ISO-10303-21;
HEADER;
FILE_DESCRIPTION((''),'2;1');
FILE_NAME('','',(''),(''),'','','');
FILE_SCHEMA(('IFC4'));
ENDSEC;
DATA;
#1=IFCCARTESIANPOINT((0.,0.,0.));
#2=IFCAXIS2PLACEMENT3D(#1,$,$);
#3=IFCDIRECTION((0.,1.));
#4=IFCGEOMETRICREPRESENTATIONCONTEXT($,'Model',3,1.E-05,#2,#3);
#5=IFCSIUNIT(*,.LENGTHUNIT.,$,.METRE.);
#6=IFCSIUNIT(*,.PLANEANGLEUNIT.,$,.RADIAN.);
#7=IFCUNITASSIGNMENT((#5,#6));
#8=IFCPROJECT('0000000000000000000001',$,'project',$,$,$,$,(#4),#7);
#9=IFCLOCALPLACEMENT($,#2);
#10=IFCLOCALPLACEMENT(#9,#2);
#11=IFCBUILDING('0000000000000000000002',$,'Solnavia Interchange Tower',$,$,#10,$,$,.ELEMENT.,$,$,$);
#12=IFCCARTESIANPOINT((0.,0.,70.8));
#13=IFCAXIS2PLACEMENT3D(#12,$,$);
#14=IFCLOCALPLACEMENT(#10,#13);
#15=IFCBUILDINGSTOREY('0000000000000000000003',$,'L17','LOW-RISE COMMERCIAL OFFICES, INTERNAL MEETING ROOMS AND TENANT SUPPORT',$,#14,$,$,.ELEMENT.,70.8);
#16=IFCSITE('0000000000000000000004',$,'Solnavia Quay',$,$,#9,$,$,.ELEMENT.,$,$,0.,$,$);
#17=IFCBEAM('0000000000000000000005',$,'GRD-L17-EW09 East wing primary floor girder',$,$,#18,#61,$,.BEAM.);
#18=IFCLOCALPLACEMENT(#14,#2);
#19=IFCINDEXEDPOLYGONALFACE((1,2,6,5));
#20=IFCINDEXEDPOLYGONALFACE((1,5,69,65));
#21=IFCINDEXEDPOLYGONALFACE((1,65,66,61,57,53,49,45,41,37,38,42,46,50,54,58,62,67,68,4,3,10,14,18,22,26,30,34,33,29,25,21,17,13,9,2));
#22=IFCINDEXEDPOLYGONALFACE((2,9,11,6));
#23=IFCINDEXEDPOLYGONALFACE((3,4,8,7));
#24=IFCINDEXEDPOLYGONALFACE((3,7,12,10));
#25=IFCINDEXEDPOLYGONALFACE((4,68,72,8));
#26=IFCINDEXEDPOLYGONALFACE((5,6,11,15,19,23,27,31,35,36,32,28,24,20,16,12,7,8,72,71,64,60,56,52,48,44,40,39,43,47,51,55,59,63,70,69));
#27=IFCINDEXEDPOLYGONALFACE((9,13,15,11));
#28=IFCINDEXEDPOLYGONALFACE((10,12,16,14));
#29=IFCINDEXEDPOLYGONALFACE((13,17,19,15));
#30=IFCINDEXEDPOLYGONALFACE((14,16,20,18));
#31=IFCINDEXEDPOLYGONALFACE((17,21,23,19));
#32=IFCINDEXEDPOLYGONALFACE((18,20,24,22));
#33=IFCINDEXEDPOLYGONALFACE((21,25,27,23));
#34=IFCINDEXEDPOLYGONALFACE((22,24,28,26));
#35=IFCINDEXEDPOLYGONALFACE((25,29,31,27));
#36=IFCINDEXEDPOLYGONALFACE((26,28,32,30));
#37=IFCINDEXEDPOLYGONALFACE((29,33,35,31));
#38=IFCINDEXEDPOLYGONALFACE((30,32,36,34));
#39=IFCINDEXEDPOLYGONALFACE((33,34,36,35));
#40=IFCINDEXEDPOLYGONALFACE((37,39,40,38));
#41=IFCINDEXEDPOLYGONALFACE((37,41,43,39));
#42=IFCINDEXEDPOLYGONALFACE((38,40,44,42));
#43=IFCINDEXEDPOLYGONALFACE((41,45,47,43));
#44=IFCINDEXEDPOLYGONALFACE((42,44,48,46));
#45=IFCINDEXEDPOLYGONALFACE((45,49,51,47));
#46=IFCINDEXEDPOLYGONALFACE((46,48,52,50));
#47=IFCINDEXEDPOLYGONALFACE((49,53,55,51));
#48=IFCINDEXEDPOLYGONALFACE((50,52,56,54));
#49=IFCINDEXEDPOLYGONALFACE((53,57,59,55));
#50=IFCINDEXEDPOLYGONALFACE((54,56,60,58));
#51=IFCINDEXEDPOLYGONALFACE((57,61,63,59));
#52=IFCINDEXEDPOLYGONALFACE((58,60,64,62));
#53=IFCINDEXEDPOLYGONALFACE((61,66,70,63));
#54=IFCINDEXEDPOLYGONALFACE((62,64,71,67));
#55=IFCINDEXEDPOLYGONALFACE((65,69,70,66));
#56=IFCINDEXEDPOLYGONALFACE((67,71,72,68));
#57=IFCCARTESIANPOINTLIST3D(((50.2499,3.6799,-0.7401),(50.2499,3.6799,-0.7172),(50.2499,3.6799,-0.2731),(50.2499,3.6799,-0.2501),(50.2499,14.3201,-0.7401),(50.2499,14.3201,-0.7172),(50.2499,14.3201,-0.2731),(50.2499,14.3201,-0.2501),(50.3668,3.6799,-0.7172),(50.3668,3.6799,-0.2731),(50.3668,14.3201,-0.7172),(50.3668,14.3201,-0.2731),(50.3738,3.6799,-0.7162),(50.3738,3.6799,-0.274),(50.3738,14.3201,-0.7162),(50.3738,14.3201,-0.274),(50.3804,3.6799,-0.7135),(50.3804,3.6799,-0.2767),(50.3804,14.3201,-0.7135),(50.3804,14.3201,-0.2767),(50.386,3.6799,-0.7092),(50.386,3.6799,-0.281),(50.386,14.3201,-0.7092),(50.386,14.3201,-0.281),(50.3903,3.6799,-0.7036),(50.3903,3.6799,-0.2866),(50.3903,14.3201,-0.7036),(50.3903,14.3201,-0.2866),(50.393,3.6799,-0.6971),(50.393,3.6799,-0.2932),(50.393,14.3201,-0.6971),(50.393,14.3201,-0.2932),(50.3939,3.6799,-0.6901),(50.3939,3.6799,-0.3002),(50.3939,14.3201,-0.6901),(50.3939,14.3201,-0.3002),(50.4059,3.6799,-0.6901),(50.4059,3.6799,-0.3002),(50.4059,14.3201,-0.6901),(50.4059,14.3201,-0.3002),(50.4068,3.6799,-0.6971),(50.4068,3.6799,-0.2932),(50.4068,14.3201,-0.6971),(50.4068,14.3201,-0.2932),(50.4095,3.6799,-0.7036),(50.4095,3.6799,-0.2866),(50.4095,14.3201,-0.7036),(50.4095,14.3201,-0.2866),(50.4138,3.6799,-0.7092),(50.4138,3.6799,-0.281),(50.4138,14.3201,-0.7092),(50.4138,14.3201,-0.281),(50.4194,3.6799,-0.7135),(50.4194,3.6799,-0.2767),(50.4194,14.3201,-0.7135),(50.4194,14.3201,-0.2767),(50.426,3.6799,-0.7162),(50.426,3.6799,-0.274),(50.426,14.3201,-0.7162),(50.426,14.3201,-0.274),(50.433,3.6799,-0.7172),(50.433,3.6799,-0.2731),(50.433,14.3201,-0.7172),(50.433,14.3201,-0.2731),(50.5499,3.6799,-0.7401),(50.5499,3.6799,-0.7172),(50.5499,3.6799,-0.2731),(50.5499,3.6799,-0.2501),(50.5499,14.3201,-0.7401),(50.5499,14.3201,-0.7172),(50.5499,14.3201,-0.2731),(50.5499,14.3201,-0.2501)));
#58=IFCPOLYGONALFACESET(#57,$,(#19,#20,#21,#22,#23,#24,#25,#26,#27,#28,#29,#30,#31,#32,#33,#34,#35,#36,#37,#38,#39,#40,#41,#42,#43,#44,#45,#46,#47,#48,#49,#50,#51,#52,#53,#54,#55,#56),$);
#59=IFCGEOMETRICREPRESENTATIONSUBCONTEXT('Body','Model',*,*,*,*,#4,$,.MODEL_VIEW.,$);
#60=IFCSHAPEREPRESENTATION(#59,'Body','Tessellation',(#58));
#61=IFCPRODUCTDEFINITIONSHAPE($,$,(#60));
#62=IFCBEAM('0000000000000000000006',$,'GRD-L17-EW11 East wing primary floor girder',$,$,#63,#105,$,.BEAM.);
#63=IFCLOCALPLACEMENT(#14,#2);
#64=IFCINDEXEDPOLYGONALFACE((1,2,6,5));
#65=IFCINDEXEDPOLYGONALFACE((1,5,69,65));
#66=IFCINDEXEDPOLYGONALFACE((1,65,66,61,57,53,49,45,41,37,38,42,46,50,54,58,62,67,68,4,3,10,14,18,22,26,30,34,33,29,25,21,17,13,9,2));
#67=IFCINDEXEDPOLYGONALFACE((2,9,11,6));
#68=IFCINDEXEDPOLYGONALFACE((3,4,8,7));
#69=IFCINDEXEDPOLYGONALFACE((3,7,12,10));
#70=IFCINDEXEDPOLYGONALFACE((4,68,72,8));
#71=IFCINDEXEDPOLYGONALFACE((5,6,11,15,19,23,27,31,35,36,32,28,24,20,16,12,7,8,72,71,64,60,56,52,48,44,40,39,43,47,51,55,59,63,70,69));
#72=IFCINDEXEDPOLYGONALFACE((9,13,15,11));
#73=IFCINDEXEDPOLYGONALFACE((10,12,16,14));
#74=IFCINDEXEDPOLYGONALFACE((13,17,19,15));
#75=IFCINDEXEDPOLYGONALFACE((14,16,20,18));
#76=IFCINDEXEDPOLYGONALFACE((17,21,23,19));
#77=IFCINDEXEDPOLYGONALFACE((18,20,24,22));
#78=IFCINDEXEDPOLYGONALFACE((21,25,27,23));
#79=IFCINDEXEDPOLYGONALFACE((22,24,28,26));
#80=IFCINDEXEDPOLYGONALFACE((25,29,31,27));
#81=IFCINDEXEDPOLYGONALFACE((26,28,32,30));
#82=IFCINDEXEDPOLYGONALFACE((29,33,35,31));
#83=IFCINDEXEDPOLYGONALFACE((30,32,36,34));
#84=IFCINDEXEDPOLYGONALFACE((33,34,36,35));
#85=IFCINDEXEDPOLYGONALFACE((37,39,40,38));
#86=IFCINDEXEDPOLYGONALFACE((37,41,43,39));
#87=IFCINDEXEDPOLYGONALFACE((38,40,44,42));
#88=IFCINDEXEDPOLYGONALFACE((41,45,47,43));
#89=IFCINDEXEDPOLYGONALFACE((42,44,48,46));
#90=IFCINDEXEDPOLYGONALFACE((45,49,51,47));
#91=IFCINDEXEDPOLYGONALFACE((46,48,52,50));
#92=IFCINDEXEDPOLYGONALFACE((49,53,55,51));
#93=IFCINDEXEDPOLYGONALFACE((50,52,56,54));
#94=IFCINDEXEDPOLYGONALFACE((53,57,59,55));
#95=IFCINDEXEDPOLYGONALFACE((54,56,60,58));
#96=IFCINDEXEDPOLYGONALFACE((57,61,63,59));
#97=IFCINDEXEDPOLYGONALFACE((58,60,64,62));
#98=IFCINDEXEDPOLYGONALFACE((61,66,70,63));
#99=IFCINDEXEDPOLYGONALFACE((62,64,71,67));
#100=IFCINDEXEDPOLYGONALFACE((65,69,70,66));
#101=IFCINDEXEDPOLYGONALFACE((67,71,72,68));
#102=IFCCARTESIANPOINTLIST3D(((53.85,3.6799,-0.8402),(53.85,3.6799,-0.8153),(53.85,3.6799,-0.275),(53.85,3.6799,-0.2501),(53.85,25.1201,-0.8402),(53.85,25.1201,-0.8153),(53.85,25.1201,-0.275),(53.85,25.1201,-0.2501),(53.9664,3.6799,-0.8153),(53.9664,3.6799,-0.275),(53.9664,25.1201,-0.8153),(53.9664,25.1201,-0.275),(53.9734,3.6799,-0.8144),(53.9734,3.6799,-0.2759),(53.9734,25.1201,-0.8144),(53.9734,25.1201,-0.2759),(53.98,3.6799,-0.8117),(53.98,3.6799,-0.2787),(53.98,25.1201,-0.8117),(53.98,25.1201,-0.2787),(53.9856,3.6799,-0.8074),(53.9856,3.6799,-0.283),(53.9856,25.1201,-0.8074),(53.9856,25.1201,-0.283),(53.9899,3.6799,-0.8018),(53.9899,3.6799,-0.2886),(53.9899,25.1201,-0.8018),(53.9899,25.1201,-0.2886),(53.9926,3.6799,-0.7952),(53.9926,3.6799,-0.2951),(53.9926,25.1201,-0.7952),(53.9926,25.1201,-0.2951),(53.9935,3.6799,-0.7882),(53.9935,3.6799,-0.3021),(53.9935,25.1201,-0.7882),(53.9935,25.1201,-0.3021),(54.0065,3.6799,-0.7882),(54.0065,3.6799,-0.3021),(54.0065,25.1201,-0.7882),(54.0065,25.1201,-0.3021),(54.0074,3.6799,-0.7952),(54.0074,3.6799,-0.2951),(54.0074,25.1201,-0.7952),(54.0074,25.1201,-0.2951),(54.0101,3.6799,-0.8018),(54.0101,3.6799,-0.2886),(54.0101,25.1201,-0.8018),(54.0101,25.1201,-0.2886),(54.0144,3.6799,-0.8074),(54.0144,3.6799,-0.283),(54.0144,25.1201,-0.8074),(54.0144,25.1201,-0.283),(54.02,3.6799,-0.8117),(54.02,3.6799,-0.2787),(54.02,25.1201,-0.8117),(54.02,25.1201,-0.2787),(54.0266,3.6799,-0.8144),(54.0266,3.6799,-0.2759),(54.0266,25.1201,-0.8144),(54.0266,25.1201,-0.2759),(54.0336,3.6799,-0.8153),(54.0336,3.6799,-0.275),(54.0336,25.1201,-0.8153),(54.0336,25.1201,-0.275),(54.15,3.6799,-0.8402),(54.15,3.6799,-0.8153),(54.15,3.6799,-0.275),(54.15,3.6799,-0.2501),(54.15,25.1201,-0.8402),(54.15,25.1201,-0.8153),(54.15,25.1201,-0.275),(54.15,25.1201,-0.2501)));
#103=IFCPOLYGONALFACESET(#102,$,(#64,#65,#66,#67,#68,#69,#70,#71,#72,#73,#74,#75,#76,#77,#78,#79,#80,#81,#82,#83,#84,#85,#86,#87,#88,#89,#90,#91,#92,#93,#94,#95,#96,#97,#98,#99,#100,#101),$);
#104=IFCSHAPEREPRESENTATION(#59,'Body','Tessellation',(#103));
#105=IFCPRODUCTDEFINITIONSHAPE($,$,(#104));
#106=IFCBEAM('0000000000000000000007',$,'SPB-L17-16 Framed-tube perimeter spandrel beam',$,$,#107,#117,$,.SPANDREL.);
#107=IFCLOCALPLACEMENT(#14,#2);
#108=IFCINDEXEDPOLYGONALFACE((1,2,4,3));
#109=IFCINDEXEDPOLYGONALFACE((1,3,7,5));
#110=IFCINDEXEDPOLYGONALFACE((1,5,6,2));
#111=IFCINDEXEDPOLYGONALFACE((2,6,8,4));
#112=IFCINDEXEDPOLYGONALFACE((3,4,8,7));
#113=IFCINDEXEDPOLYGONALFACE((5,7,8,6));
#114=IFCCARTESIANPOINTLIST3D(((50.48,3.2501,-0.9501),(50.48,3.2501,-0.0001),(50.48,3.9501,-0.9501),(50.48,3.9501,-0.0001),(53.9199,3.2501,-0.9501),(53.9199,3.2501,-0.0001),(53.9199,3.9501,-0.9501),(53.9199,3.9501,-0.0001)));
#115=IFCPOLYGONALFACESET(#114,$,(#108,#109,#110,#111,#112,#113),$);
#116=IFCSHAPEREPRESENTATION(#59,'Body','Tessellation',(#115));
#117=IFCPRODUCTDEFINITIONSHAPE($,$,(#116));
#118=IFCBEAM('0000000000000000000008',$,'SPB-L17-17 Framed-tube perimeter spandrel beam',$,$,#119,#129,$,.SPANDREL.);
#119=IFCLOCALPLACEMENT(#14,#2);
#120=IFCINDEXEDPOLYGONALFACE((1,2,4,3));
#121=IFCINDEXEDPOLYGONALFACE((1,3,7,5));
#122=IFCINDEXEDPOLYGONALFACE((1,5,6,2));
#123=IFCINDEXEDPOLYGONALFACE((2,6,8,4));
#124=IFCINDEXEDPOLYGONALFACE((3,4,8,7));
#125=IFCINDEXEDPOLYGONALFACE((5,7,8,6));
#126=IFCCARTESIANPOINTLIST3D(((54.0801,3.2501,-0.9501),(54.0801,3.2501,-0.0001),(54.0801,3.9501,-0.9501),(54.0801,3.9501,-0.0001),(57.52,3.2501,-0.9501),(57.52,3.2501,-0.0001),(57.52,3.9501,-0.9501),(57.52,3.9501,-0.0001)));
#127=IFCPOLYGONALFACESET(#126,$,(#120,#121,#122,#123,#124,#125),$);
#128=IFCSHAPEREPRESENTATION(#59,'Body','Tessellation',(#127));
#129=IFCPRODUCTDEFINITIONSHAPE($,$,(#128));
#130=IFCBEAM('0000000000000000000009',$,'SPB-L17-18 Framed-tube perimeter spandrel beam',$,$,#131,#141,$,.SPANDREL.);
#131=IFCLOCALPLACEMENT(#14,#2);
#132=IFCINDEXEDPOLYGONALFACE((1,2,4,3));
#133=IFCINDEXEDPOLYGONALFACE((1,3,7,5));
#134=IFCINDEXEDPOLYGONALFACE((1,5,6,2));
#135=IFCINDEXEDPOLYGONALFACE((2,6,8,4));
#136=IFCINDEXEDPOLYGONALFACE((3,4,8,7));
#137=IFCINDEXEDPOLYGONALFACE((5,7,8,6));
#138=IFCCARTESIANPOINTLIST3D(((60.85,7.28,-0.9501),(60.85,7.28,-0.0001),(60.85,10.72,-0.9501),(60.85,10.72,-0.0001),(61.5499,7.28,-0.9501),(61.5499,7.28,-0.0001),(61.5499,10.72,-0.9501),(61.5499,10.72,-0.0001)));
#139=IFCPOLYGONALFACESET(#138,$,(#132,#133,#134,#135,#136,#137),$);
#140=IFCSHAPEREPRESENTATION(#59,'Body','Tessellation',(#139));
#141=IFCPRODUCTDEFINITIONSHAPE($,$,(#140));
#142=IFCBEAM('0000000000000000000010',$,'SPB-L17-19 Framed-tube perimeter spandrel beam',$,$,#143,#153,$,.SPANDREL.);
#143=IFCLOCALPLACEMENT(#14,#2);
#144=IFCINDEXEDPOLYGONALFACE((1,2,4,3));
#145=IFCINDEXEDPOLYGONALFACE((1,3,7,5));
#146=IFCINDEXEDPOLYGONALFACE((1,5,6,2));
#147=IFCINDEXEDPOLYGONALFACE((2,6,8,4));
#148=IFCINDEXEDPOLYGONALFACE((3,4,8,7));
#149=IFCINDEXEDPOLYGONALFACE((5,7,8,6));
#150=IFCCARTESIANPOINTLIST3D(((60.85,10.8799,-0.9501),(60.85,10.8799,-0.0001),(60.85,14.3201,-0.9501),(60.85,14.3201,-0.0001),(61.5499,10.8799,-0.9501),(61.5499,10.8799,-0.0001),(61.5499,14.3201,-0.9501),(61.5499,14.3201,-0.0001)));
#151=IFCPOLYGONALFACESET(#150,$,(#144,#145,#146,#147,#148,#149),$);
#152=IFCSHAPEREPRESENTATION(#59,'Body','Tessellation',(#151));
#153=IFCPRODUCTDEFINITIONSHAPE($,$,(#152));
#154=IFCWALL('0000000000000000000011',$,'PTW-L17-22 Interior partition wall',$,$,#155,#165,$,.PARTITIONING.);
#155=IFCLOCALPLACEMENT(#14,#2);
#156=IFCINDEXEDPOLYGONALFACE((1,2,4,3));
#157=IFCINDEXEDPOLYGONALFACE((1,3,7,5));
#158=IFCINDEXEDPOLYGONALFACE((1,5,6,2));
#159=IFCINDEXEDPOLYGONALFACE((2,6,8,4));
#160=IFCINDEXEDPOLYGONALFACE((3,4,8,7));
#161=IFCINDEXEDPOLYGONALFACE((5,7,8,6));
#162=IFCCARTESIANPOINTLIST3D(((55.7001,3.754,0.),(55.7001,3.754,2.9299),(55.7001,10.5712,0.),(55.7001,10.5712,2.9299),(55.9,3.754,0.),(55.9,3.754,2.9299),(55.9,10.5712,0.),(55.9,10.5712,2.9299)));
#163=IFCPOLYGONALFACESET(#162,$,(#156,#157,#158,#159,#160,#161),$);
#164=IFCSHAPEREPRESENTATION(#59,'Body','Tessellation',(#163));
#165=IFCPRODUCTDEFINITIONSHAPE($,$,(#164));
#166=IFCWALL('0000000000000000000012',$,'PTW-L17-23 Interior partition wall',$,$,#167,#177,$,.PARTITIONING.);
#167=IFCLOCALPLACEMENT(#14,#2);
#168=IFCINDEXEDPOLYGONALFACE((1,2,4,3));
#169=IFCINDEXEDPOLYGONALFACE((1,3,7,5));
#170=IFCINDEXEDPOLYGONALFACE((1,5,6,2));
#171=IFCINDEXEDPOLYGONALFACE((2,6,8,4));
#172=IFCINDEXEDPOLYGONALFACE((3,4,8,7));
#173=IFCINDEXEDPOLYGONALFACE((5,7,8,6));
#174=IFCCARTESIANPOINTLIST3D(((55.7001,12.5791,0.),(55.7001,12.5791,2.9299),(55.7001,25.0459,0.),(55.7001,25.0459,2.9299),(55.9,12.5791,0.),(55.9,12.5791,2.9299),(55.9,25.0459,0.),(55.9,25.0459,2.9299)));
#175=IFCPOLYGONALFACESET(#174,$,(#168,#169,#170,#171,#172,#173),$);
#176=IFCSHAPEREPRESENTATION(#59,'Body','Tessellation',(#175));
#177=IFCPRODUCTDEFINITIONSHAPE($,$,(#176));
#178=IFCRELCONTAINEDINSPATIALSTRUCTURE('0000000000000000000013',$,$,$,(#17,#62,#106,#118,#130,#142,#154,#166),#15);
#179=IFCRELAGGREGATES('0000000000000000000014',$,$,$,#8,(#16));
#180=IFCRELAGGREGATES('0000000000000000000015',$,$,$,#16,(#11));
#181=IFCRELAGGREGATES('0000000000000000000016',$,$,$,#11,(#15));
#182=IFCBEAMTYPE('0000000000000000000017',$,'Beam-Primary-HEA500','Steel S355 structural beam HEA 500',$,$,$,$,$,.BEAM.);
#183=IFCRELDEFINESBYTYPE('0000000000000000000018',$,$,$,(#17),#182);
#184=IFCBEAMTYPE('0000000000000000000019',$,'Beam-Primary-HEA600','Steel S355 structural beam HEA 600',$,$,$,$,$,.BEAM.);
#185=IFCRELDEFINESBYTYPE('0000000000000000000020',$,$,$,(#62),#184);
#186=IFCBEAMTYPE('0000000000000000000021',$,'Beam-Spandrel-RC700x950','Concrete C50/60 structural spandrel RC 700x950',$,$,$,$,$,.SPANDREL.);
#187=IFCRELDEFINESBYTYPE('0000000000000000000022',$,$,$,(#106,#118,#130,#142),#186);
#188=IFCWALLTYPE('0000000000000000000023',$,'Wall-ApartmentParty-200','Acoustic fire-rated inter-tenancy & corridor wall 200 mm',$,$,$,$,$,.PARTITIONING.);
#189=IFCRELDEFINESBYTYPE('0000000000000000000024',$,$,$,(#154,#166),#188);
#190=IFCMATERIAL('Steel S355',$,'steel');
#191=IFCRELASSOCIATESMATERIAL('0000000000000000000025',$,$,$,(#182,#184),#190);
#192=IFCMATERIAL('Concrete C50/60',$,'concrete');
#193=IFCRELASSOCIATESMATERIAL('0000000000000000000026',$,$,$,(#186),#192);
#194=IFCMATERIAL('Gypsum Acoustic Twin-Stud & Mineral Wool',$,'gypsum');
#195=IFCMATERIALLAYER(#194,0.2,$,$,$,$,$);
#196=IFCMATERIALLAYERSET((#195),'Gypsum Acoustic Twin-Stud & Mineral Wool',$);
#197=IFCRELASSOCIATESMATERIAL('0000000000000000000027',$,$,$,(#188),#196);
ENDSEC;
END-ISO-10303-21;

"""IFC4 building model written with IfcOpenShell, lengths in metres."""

from ifc_helpers import new_model, si_unit, direction, frame, frame_2d, origin, origin_2d, place, context, subcontext, project, spatial, rectangle, i_section, extrude, material, layer, layer_set, material_profile, profile_set, type_object, element, save


model = new_model("IFC4")

# Units and contexts
model_context = context("Model", 3, precision=1e-05, world=origin(), true_north=direction((0.0, 1.0)))
body_context = subcontext(model_context, "Body", "Model", "MODEL_VIEW")
ifc_project = project(units=[si_unit("LENGTHUNIT", "METRE"), si_unit("PLANEANGLEUNIT", "RADIAN")], contexts=[model_context])

# Site, building, storey
site_placement = place(None, origin())
site = spatial("IfcSite", under=ifc_project, at=site_placement, Name="Solnavia Quay", CompositionType="ELEMENT", RefElevation=0.0)
building_placement = place(site_placement, origin())
building = spatial("IfcBuilding", under=site, at=building_placement, Name="Solnavia Interchange Tower", CompositionType="ELEMENT")
storey_placement = place(building_placement, frame((0.0, 0.0, 70.8)))
storey = spatial("IfcBuildingStorey", under=building, at=storey_placement, Name="L17", Description="LOW-RISE COMMERCIAL OFFICES, INTERNAL MEETING ROOMS AND TENANT SUPPORT", CompositionType="ELEMENT", Elevation=70.8)

# Beams
ifc_material_1 = material(Name="Steel S355", Category="steel")
ifc_material_profile_1 = material_profile(ifc_material_1, i_section(OverallWidth=0.3, OverallDepth=0.49, WebThickness=0.012, FlangeThickness=0.0229, FilletRadius=0.0271, at=origin_2d()), Name="HEA 500")
ifc_profile_set_1 = profile_set([ifc_material_profile_1], Name="Steel S355")
beam_type_1 = type_object("IfcBeamType", Name="Beam-Primary-HEA500", Description="Steel S355 structural beam HEA 500", PredefinedType="BEAM", material=ifc_profile_set_1)
beam_1_placement = place(storey_placement, frame((50.3999, 3.6799, -0.4951), z_axis=(0.0, 1.0, 0.0), x_axis=(-1.0, 0.0, 0.0)))
element("IfcBeam", 1, at=beam_1_placement, inside=storey, type_object=beam_type_1, Name="GRD-L17-EW09 East wing primary floor girder", PredefinedType="BEAM", context=body_context, shape_type="SweptSolid", body=[
    extrude(i_section(OverallWidth=0.3, OverallDepth=0.49, WebThickness=0.012, FlangeThickness=0.0229, FilletRadius=0.0271, at=origin_2d()), origin(), (0.0, 0.0, 1.0), 10.6401),
])
ifc_material_profile_2 = material_profile(ifc_material_1, i_section(OverallWidth=0.3, OverallDepth=0.5901, WebThickness=0.0129, FlangeThickness=0.0249, FilletRadius=0.0271, at=origin_2d()), Name="HEA 600")
ifc_profile_set_2 = profile_set([ifc_material_profile_2], Name="Steel S355")
beam_type_2 = type_object("IfcBeamType", Name="Beam-Primary-HEA600", Description="Steel S355 structural beam HEA 600", PredefinedType="BEAM", material=ifc_profile_set_2)
beam_2_placement = place(storey_placement, frame((54.0, 3.6799, -0.5452), z_axis=(0.0, 1.0, 0.0), x_axis=(-1.0, 0.0, 0.0)))
element("IfcBeam", 2, at=beam_2_placement, inside=storey, type_object=beam_type_2, Name="GRD-L17-EW11 East wing primary floor girder", PredefinedType="BEAM", context=body_context, shape_type="SweptSolid", body=[
    extrude(i_section(OverallWidth=0.3, OverallDepth=0.5901, WebThickness=0.0129, FlangeThickness=0.0249, FilletRadius=0.0271, at=origin_2d()), origin(), (0.0, 0.0, 1.0), 21.4402),
])
ifc_material_2 = material(Name="Concrete C50/60", Category="concrete")
ifc_material_profile_3 = material_profile(ifc_material_2, rectangle(XDim=0.7, YDim=0.95, at=origin_2d()), Name="RC 700x950")
ifc_profile_set_3 = profile_set([ifc_material_profile_3], Name="Concrete C50/60")
beam_type_3 = type_object("IfcBeamType", Name="Beam-Spandrel-RC700x950", Description="Concrete C50/60 structural spandrel RC 700x950", PredefinedType="SPANDREL", material=ifc_profile_set_3)
for number, where, z_axis, x_axis, name in (
    (3, (50.48, 3.6001, -0.4751), (1.0, 0.0, 0.0), (0.0, 1.0, 0.0), "SPB-L17-16 Framed-tube perimeter spandrel beam"),
    (4, (54.0801, 3.6001, -0.4751), (1.0, 0.0, 0.0), (0.0, 1.0, 0.0), "SPB-L17-17 Framed-tube perimeter spandrel beam"),
    (5, (61.2, 7.28, -0.4751), (0.0, 1.0, 0.0), (-1.0, 0.0, 0.0), "SPB-L17-18 Framed-tube perimeter spandrel beam"),
):
    element("IfcBeam", number, at=place(storey_placement, frame(where, z_axis=z_axis, x_axis=x_axis)), inside=storey, type_object=beam_type_3, Name=name, PredefinedType="SPANDREL", context=body_context, shape_type="SweptSolid", body=[
        extrude(rectangle(XDim=0.7, YDim=0.95, at=origin_2d()), origin(), (0.0, 0.0, 1.0), 3.4399),
    ])
beam_3_placement = place(storey_placement, frame((61.2, 10.8799, -0.4751), z_axis=(0.0, 1.0, 0.0), x_axis=(-1.0, 0.0, 0.0)))
element("IfcBeam", 6, at=beam_3_placement, inside=storey, type_object=beam_type_3, Name="SPB-L17-19 Framed-tube perimeter spandrel beam", PredefinedType="SPANDREL", context=body_context, shape_type="SweptSolid", body=[
    extrude(rectangle(XDim=0.7, YDim=0.95, at=origin_2d()), origin(), (0.0, 0.0, 1.0), 3.4402),
])

# Walls
ifc_material_3 = material(Name="Gypsum Acoustic Twin-Stud & Mineral Wool", Category="gypsum")
ifc_layer_1 = layer(ifc_material_3, 0.2)
ifc_layer_set_1 = layer_set([ifc_layer_1], Name="Gypsum Acoustic Twin-Stud & Mineral Wool")
wall_type_1 = type_object("IfcWallType", Name="Wall-ApartmentParty-200", Description="Acoustic fire-rated inter-tenancy & corridor wall 200 mm", PredefinedType="PARTITIONING", material=ifc_layer_set_1)
wall_1_placement = place(storey_placement, frame((55.8, 3.7539, 0.0), z_axis=(0.0, 0.0, 1.0), x_axis=(0.0, 1.0, 0.0)))
element("IfcWall", 7, at=wall_1_placement, inside=storey, type_object=wall_type_1, Name="PTW-L17-22 Interior partition wall", PredefinedType="PARTITIONING", context=body_context, shape_type="SweptSolid", body=[
    extrude(rectangle(XDim=6.8171, YDim=0.2, at=frame_2d((3.4087, 0.0))), origin(), (0.0, 0.0, 1.0), 2.9299),
])
wall_2_placement = place(storey_placement, frame((55.8, 12.5791, 0.0), z_axis=(0.0, 0.0, 1.0), x_axis=(0.0, 1.0, 0.0)))
element("IfcWall", 8, at=wall_2_placement, inside=storey, type_object=wall_type_1, Name="PTW-L17-23 Interior partition wall", PredefinedType="PARTITIONING", context=body_context, shape_type="SweptSolid", body=[
    extrude(rectangle(XDim=12.4668, YDim=0.2, at=frame_2d((6.2334, 0.0))), origin(), (0.0, 0.0, 1.0), 2.9299),
])

save(model, "model.ifc")
